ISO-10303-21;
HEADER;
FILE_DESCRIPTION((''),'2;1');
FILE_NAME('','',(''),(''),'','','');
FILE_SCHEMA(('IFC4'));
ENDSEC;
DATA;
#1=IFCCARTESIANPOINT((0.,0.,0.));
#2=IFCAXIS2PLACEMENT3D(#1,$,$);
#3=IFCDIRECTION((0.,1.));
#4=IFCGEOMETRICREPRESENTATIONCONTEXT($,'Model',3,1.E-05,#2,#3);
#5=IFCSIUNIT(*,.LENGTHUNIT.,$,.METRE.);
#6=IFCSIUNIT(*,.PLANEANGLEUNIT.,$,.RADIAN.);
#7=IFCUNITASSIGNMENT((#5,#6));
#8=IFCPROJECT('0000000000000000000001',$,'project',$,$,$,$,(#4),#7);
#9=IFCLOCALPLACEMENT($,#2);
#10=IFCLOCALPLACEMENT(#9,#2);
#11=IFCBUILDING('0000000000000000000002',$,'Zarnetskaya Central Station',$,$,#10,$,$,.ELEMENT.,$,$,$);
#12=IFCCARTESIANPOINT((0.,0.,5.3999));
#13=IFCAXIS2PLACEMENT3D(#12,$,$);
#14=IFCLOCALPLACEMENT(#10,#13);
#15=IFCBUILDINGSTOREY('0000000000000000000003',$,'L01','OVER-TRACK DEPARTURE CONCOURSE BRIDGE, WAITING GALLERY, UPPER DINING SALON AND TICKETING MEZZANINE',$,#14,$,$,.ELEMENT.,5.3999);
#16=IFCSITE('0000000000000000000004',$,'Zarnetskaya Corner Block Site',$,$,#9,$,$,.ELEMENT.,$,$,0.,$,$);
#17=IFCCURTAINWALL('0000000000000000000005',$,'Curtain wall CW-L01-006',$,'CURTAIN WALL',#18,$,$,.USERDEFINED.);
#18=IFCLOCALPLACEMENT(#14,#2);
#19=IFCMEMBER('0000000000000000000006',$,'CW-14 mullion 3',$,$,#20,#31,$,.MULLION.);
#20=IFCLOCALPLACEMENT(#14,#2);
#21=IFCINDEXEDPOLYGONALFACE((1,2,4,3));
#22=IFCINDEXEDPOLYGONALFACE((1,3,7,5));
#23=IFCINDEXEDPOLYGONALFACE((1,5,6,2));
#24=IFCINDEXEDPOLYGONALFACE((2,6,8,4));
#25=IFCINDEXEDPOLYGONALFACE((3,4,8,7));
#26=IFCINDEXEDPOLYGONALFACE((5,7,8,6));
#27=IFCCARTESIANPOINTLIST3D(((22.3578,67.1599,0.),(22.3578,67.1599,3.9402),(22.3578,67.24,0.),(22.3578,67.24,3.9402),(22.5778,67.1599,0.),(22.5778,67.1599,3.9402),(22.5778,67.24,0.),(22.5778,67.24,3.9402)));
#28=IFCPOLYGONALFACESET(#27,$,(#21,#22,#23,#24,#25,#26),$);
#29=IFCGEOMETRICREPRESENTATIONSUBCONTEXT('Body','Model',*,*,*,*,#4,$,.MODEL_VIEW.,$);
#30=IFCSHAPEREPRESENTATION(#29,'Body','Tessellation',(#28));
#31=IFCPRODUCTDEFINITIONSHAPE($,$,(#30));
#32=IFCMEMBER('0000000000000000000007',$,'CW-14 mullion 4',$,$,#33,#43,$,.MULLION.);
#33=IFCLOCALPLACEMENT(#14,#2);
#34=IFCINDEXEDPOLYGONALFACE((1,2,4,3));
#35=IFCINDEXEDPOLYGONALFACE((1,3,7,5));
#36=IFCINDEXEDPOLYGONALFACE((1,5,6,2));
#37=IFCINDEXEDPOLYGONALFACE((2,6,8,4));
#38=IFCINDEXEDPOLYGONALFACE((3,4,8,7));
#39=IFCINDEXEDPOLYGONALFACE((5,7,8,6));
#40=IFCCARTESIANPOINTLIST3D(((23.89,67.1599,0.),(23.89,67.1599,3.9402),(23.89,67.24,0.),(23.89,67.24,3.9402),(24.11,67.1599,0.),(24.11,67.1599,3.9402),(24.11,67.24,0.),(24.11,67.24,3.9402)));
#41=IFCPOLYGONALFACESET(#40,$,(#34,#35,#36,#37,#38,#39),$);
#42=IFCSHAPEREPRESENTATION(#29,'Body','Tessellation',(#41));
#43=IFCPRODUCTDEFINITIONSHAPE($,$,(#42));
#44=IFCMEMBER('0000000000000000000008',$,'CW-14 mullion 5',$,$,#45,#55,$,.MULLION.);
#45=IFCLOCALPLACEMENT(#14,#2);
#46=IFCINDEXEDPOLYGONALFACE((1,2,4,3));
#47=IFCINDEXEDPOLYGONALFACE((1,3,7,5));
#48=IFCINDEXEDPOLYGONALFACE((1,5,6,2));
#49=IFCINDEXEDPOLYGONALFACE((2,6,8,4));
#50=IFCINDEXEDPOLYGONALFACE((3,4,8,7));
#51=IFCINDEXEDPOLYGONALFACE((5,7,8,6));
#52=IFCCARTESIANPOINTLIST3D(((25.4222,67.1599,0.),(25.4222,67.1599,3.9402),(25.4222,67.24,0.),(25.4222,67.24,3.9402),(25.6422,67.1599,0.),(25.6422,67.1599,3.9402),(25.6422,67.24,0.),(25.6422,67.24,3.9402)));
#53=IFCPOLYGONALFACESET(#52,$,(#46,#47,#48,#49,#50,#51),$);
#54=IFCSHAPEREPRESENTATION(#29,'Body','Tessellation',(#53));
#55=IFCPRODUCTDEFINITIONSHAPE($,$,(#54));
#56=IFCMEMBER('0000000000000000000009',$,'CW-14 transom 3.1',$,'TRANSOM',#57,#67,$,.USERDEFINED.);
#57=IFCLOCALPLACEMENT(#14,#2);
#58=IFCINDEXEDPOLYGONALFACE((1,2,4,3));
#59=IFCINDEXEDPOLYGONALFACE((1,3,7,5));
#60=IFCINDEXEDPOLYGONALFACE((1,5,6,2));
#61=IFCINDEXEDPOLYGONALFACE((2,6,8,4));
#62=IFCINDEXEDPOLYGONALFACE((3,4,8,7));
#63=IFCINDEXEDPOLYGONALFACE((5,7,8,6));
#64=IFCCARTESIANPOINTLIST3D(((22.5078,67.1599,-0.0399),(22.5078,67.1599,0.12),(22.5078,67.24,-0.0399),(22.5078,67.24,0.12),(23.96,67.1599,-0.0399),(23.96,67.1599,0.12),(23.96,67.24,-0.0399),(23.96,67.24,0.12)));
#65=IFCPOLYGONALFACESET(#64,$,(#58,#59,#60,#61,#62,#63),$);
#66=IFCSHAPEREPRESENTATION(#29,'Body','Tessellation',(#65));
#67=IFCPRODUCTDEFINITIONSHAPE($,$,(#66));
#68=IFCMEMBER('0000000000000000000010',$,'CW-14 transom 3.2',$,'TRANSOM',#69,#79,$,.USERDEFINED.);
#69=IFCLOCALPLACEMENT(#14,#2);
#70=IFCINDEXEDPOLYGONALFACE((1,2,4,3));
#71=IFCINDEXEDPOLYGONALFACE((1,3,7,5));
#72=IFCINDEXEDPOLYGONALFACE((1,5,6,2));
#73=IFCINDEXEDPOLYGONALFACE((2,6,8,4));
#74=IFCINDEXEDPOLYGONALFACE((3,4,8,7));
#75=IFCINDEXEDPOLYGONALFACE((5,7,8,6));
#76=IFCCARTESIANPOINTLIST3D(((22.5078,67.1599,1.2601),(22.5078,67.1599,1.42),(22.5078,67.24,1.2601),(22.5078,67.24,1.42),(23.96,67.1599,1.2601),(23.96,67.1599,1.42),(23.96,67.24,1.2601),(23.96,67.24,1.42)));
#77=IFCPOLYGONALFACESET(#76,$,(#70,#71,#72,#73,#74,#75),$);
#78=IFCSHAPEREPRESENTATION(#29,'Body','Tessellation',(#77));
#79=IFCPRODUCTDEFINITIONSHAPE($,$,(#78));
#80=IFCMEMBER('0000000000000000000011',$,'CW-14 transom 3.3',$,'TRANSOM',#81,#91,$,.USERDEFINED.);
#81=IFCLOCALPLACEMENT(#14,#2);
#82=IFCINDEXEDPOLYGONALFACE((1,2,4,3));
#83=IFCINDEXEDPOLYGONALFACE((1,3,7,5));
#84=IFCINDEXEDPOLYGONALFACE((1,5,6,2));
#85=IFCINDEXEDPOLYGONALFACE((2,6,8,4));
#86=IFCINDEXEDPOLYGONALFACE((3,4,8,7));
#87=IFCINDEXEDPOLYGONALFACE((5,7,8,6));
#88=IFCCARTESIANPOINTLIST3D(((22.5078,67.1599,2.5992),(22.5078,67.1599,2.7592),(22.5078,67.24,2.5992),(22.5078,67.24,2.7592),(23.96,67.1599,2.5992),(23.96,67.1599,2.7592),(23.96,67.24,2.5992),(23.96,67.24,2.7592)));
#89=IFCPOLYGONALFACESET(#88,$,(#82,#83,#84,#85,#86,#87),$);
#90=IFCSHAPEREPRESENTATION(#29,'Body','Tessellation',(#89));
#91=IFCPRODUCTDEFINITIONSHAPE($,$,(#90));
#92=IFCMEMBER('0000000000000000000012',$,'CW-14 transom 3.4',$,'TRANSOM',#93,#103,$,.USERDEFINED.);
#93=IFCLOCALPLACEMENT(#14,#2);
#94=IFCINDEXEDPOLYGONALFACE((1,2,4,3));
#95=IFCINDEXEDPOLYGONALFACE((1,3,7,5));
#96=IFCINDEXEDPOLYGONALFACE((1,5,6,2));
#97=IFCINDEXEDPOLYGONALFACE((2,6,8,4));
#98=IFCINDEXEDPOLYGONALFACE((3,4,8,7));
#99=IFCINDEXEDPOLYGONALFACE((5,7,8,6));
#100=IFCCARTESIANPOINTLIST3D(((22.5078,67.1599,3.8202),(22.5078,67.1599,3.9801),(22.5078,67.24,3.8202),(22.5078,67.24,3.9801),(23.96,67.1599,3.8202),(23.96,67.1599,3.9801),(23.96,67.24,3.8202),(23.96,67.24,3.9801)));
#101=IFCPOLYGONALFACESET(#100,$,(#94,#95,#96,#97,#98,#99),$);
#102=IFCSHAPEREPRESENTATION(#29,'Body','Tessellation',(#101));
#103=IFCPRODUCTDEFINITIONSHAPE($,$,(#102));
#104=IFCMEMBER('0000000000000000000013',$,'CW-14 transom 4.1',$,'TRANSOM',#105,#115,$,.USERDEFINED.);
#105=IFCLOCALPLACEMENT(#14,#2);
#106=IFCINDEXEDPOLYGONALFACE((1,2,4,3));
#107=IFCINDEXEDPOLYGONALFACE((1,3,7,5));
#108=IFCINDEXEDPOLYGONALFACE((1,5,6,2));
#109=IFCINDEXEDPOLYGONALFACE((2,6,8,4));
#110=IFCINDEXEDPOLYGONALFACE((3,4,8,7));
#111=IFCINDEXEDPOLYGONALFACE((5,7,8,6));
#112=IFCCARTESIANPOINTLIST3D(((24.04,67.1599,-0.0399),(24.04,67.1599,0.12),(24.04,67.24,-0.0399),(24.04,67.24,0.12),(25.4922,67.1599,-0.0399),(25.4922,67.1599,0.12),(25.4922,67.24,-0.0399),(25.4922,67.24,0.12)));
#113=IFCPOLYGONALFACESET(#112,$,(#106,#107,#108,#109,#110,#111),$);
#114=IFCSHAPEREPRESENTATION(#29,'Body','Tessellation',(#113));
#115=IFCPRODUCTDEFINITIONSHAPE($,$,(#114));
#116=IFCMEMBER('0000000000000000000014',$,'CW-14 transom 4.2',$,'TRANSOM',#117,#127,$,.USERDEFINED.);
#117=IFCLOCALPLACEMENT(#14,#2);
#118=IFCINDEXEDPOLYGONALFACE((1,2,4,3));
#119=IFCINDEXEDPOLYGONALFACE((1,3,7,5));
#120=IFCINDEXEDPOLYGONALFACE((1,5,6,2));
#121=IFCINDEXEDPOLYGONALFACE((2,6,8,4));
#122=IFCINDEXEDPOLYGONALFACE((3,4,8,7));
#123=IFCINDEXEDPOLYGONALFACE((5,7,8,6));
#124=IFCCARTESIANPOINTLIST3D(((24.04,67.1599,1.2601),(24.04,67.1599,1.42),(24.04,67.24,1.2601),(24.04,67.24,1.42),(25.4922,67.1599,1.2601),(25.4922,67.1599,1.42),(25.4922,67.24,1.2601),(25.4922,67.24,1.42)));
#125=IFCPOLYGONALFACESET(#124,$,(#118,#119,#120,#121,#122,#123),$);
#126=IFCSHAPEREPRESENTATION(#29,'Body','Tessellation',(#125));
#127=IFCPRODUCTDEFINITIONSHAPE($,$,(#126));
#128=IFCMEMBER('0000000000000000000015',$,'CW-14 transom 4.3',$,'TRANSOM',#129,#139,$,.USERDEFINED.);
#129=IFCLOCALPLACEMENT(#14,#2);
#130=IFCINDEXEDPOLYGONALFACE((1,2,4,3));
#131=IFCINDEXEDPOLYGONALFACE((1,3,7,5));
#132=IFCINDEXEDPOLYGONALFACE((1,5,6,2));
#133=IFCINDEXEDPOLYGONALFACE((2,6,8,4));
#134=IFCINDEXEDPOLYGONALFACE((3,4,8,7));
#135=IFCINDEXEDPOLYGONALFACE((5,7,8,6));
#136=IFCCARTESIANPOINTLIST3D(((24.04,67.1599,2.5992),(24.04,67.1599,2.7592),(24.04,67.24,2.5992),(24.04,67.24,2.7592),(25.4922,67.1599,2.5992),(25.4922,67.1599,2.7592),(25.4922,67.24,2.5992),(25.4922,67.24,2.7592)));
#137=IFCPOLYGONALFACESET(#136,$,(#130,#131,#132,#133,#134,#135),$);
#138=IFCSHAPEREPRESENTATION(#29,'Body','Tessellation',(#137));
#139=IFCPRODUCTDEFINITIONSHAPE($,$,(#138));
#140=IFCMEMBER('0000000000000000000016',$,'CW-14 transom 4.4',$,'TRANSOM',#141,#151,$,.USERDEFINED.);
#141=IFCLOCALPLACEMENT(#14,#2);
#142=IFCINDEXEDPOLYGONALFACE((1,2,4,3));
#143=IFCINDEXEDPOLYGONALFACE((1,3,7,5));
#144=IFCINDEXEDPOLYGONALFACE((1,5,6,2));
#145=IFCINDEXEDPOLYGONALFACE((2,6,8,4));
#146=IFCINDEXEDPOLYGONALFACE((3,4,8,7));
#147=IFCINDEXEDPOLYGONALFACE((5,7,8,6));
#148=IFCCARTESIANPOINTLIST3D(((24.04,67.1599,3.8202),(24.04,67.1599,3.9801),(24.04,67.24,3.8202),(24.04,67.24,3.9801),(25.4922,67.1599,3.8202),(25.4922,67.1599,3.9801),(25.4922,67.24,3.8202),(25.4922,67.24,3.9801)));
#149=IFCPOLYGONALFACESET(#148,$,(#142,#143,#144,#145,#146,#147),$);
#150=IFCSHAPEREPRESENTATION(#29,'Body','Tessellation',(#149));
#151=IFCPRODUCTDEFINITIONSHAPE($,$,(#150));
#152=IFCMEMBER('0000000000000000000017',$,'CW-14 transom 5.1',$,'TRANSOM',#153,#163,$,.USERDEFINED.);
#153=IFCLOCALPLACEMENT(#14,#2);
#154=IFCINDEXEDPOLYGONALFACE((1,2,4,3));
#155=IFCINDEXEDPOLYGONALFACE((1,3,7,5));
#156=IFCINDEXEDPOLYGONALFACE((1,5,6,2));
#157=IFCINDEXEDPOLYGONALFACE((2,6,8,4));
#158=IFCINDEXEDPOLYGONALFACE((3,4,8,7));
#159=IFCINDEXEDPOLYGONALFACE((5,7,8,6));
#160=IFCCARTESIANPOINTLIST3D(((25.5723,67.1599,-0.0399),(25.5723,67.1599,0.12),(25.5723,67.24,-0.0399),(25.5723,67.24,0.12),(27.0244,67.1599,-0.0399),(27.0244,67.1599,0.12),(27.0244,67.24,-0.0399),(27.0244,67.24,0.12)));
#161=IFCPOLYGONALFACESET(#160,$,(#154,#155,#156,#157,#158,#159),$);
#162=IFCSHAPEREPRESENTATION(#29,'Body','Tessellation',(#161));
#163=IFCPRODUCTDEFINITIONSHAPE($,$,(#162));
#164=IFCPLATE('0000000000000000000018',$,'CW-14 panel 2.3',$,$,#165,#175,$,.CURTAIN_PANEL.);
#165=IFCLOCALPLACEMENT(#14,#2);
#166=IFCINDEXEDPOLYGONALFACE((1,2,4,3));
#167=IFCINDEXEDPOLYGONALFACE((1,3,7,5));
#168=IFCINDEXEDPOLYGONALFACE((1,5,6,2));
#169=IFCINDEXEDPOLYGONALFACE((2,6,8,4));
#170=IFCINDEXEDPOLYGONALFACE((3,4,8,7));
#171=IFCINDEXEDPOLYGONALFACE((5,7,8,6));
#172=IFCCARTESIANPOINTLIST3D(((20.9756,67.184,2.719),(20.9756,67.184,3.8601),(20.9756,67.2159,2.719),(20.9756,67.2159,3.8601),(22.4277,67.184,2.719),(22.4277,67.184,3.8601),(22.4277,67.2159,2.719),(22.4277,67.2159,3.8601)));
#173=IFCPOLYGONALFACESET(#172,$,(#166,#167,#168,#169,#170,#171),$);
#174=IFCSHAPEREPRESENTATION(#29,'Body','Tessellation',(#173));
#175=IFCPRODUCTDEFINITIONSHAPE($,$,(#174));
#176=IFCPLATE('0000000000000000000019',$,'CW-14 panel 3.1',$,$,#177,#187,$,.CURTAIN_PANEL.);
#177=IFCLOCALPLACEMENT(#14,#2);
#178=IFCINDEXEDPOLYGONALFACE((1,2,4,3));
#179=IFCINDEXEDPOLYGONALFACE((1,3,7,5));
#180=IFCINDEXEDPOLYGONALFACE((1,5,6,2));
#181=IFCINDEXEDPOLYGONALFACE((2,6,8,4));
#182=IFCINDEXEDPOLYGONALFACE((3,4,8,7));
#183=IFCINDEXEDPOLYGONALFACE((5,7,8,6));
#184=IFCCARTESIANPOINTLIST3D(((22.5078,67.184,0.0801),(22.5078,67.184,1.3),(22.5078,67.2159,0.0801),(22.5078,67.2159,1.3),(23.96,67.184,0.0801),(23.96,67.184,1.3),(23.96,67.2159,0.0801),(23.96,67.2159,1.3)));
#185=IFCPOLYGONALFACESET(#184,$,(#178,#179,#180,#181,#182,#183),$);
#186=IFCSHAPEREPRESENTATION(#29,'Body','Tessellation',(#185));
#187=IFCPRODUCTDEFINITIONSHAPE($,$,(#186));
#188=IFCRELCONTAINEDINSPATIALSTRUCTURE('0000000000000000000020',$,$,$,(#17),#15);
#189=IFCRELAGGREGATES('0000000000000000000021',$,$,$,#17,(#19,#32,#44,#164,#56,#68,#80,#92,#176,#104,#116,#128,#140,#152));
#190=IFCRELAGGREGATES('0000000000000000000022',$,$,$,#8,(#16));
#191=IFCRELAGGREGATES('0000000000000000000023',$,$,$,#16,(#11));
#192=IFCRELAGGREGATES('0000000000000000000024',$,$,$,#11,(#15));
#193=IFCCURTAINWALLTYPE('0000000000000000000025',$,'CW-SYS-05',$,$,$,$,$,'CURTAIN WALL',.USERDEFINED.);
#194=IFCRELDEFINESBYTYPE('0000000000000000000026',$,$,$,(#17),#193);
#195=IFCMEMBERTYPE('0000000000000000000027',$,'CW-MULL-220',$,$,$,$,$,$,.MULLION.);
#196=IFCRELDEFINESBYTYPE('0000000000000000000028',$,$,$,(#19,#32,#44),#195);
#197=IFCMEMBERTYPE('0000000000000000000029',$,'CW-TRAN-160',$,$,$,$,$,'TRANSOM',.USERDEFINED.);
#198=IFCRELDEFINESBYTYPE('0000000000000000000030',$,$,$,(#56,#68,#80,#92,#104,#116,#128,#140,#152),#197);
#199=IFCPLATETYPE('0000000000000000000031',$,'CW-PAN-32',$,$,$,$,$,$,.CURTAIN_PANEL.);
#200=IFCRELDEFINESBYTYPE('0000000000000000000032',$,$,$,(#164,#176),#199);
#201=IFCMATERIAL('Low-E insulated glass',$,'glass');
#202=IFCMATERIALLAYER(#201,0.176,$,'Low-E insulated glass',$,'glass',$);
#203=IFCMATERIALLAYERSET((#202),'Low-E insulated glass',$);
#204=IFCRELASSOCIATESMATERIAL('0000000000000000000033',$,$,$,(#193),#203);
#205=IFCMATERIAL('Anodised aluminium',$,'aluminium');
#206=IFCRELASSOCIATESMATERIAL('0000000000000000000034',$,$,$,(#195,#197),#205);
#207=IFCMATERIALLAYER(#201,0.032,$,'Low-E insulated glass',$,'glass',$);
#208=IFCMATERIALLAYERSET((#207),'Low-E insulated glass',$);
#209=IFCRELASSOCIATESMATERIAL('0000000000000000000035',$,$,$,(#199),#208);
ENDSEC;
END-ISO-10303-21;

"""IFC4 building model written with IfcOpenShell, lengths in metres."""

from ifc_helpers import new_model, si_unit, direction, frame, origin, origin_2d, place, context, subcontext, project, spatial, rectangle, extrude, material, layer, layer_set, material_profile, profile_set, type_object, element, aggregate, save


model = new_model("IFC4")

# Units and contexts
model_context = context("Model", 3, precision=1e-05, world=origin(), true_north=direction((0.0, 1.0)))
body_context = subcontext(model_context, "Body", "Model", "MODEL_VIEW")
ifc_project = project(units=[si_unit("LENGTHUNIT", "METRE"), si_unit("PLANEANGLEUNIT", "RADIAN")], contexts=[model_context])

# Site, building, storey
site_placement = place(None, origin())
site = spatial("IfcSite", under=ifc_project, at=site_placement, Name="Zarnetskaya Corner Block Site", CompositionType="ELEMENT", RefElevation=0.0)
building_placement = place(site_placement, origin())
building = spatial("IfcBuilding", under=site, at=building_placement, Name="Zarnetskaya Central Station", CompositionType="ELEMENT")
storey_placement = place(building_placement, frame((0.0, 0.0, 5.3999)))
storey = spatial("IfcBuildingStorey", under=building, at=storey_placement, Name="L01", Description="OVER-TRACK DEPARTURE CONCOURSE BRIDGE, WAITING GALLERY, UPPER DINING SALON AND TICKETING MEZZANINE", CompositionType="ELEMENT", Elevation=5.3999)

# Curtain wall, members, plates
ifc_material_1 = material(Name="Low-E insulated glass", Category="glass")
ifc_layer_1 = layer(ifc_material_1, 0.176, Name="Low-E insulated glass", Category="glass")
ifc_layer_set_1 = layer_set([ifc_layer_1], Name="Low-E insulated glass")
curtain_wall_type = type_object("IfcCurtainWallType", Name="CW-SYS-05", ElementType="CURTAIN WALL", PredefinedType="USERDEFINED", material=ifc_layer_set_1)
curtain_wall_placement = place(storey_placement, origin())
curtain_wall = element("IfcCurtainWall", 1, at=curtain_wall_placement, inside=storey, type_object=curtain_wall_type, Name="Curtain wall CW-L01-006", ObjectType="CURTAIN WALL", PredefinedType="USERDEFINED")
ifc_material_2 = material(Name="Anodised aluminium", Category="aluminium")
ifc_material_profile_1 = material_profile(ifc_material_2, rectangle(XDim=0.0801, YDim=0.22, at=origin_2d()), Name="ALU MULL 80x220")
ifc_profile_set_1 = profile_set([ifc_material_profile_1], Name="Anodised aluminium")
member_type_1 = type_object("IfcMemberType", Name="CW-MULL-220", PredefinedType="MULLION", material=ifc_profile_set_1)
member_1_placement = place(storey_placement, frame((22.4678, 67.2, 0.0), z_axis=(0.0, 0.0, 1.0), x_axis=(0.0, 1.0, 0.0)))
member_1 = element("IfcMember", 2, at=member_1_placement, type_object=member_type_1, Name="CW-14 mullion 3", PredefinedType="MULLION", context=body_context, shape_type="SweptSolid", body=[
    extrude(rectangle(XDim=0.0801, YDim=0.22, at=origin_2d()), origin(), (0.0, 0.0, 1.0), 3.9402),
])
member_2_placement = place(storey_placement, frame((24.0, 67.2, 0.0), z_axis=(0.0, 0.0, 1.0), x_axis=(0.0, 1.0, 0.0)))
member_2 = element("IfcMember", 3, at=member_2_placement, type_object=member_type_1, Name="CW-14 mullion 4", PredefinedType="MULLION", context=body_context, shape_type="SweptSolid", body=[
    extrude(rectangle(XDim=0.0801, YDim=0.22, at=origin_2d()), origin(), (0.0, 0.0, 1.0), 3.9402),
])
member_3_placement = place(storey_placement, frame((25.5322, 67.2, 0.0), z_axis=(0.0, 0.0, 1.0), x_axis=(0.0, 1.0, 0.0)))
member_3 = element("IfcMember", 4, at=member_3_placement, type_object=member_type_1, Name="CW-14 mullion 5", PredefinedType="MULLION", context=body_context, shape_type="SweptSolid", body=[
    extrude(rectangle(XDim=0.0801, YDim=0.22, at=origin_2d()), origin(), (0.0, 0.0, 1.0), 3.9402),
])
ifc_material_profile_2 = material_profile(ifc_material_2, rectangle(XDim=0.0801, YDim=0.1599, at=origin_2d()), Name="ALU TRAN 80x160")
ifc_profile_set_2 = profile_set([ifc_material_profile_2], Name="Anodised aluminium")
member_type_2 = type_object("IfcMemberType", Name="CW-TRAN-160", ElementType="TRANSOM", PredefinedType="USERDEFINED", material=ifc_profile_set_2)
member_4_placement = place(storey_placement, frame((22.5078, 67.2, 0.04), z_axis=(1.0, 0.0, 0.0), x_axis=(0.0, 1.0, 0.0)))
member_4 = element("IfcMember", 5, at=member_4_placement, type_object=member_type_2, Name="CW-14 transom 3.1", ObjectType="TRANSOM", PredefinedType="USERDEFINED", context=body_context, shape_type="SweptSolid", body=[
    extrude(rectangle(XDim=0.0801, YDim=0.1599, at=origin_2d()), origin(), (0.0, 0.0, 1.0), 1.4521),
])
member_5_placement = place(storey_placement, frame((22.5078, 67.2, 1.3401), z_axis=(1.0, 0.0, 0.0), x_axis=(0.0, 1.0, 0.0)))
member_5 = element("IfcMember", 6, at=member_5_placement, type_object=member_type_2, Name="CW-14 transom 3.2", ObjectType="TRANSOM", PredefinedType="USERDEFINED", context=body_context, shape_type="SweptSolid", body=[
    extrude(rectangle(XDim=0.0801, YDim=0.1599, at=origin_2d()), origin(), (0.0, 0.0, 1.0), 1.4521),
])
member_6_placement = place(storey_placement, frame((22.5078, 67.2, 2.6792), z_axis=(1.0, 0.0, 0.0), x_axis=(0.0, 1.0, 0.0)))
member_6 = element("IfcMember", 7, at=member_6_placement, type_object=member_type_2, Name="CW-14 transom 3.3", ObjectType="TRANSOM", PredefinedType="USERDEFINED", context=body_context, shape_type="SweptSolid", body=[
    extrude(rectangle(XDim=0.0801, YDim=0.1599, at=origin_2d()), origin(), (0.0, 0.0, 1.0), 1.4521),
])
member_7_placement = place(storey_placement, frame((22.5078, 67.2, 3.9001), z_axis=(1.0, 0.0, 0.0), x_axis=(0.0, 1.0, 0.0)))
member_7 = element("IfcMember", 8, at=member_7_placement, type_object=member_type_2, Name="CW-14 transom 3.4", ObjectType="TRANSOM", PredefinedType="USERDEFINED", context=body_context, shape_type="SweptSolid", body=[
    extrude(rectangle(XDim=0.0801, YDim=0.1599, at=origin_2d()), origin(), (0.0, 0.0, 1.0), 1.4521),
])
member_8_placement = place(storey_placement, frame((24.04, 67.2, 0.04), z_axis=(1.0, 0.0, 0.0), x_axis=(0.0, 1.0, 0.0)))
member_8 = element("IfcMember", 9, at=member_8_placement, type_object=member_type_2, Name="CW-14 transom 4.1", ObjectType="TRANSOM", PredefinedType="USERDEFINED", context=body_context, shape_type="SweptSolid", body=[
    extrude(rectangle(XDim=0.0801, YDim=0.1599, at=origin_2d()), origin(), (0.0, 0.0, 1.0), 1.4521),
])
member_9_placement = place(storey_placement, frame((24.04, 67.2, 1.3401), z_axis=(1.0, 0.0, 0.0), x_axis=(0.0, 1.0, 0.0)))
member_9 = element("IfcMember", 10, at=member_9_placement, type_object=member_type_2, Name="CW-14 transom 4.2", ObjectType="TRANSOM", PredefinedType="USERDEFINED", context=body_context, shape_type="SweptSolid", body=[
    extrude(rectangle(XDim=0.0801, YDim=0.1599, at=origin_2d()), origin(), (0.0, 0.0, 1.0), 1.4521),
])
member_10_placement = place(storey_placement, frame((24.04, 67.2, 2.6792), z_axis=(1.0, 0.0, 0.0), x_axis=(0.0, 1.0, 0.0)))
member_10 = element("IfcMember", 11, at=member_10_placement, type_object=member_type_2, Name="CW-14 transom 4.3", ObjectType="TRANSOM", PredefinedType="USERDEFINED", context=body_context, shape_type="SweptSolid", body=[
    extrude(rectangle(XDim=0.0801, YDim=0.1599, at=origin_2d()), origin(), (0.0, 0.0, 1.0), 1.4521),
])
member_11_placement = place(storey_placement, frame((24.04, 67.2, 3.9001), z_axis=(1.0, 0.0, 0.0), x_axis=(0.0, 1.0, 0.0)))
member_11 = element("IfcMember", 12, at=member_11_placement, type_object=member_type_2, Name="CW-14 transom 4.4", ObjectType="TRANSOM", PredefinedType="USERDEFINED", context=body_context, shape_type="SweptSolid", body=[
    extrude(rectangle(XDim=0.0801, YDim=0.1599, at=origin_2d()), origin(), (0.0, 0.0, 1.0), 1.4521),
])
member_12_placement = place(storey_placement, frame((25.5723, 67.2, 0.04), z_axis=(1.0, 0.0, 0.0), x_axis=(0.0, 1.0, 0.0)))
member_12 = element("IfcMember", 13, at=member_12_placement, type_object=member_type_2, Name="CW-14 transom 5.1", ObjectType="TRANSOM", PredefinedType="USERDEFINED", context=body_context, shape_type="SweptSolid", body=[
    extrude(rectangle(XDim=0.0801, YDim=0.1599, at=origin_2d()), origin(), (0.0, 0.0, 1.0), 1.4521),
])
ifc_layer_2 = layer(ifc_material_1, 0.032, Name="Low-E insulated glass", Category="glass")
ifc_layer_set_2 = layer_set([ifc_layer_2], Name="Low-E insulated glass")
plate_type = type_object("IfcPlateType", Name="CW-PAN-32", PredefinedType="CURTAIN_PANEL", material=ifc_layer_set_2)
plate_1_placement = place(storey_placement, frame((21.7017, 67.2, 2.719), z_axis=(0.0, 0.0, 1.0), x_axis=(1.0, 0.0, 0.0)))
plate_1 = element("IfcPlate", 14, at=plate_1_placement, type_object=plate_type, Name="CW-14 panel 2.3", PredefinedType="CURTAIN_PANEL", context=body_context, shape_type="SweptSolid", body=[
    extrude(rectangle(XDim=1.4521, YDim=0.032, at=origin_2d()), origin(), (0.0, 0.0, 1.0), 1.1411),
])
plate_2_placement = place(storey_placement, frame((23.2339, 67.2, 0.0801), z_axis=(0.0, 0.0, 1.0), x_axis=(1.0, 0.0, 0.0)))
plate_2 = element("IfcPlate", 15, at=plate_2_placement, type_object=plate_type, Name="CW-14 panel 3.1", PredefinedType="CURTAIN_PANEL", context=body_context, shape_type="SweptSolid", body=[
    extrude(rectangle(XDim=1.4521, YDim=0.032, at=origin_2d()), origin(), (0.0, 0.0, 1.0), 1.22),
])
aggregate(curtain_wall, [member_1, member_2, member_3, plate_1, member_4, member_5, member_6, member_7, plate_2, member_8, member_9, member_10, member_11, member_12])

save(model, "model.ifc")
